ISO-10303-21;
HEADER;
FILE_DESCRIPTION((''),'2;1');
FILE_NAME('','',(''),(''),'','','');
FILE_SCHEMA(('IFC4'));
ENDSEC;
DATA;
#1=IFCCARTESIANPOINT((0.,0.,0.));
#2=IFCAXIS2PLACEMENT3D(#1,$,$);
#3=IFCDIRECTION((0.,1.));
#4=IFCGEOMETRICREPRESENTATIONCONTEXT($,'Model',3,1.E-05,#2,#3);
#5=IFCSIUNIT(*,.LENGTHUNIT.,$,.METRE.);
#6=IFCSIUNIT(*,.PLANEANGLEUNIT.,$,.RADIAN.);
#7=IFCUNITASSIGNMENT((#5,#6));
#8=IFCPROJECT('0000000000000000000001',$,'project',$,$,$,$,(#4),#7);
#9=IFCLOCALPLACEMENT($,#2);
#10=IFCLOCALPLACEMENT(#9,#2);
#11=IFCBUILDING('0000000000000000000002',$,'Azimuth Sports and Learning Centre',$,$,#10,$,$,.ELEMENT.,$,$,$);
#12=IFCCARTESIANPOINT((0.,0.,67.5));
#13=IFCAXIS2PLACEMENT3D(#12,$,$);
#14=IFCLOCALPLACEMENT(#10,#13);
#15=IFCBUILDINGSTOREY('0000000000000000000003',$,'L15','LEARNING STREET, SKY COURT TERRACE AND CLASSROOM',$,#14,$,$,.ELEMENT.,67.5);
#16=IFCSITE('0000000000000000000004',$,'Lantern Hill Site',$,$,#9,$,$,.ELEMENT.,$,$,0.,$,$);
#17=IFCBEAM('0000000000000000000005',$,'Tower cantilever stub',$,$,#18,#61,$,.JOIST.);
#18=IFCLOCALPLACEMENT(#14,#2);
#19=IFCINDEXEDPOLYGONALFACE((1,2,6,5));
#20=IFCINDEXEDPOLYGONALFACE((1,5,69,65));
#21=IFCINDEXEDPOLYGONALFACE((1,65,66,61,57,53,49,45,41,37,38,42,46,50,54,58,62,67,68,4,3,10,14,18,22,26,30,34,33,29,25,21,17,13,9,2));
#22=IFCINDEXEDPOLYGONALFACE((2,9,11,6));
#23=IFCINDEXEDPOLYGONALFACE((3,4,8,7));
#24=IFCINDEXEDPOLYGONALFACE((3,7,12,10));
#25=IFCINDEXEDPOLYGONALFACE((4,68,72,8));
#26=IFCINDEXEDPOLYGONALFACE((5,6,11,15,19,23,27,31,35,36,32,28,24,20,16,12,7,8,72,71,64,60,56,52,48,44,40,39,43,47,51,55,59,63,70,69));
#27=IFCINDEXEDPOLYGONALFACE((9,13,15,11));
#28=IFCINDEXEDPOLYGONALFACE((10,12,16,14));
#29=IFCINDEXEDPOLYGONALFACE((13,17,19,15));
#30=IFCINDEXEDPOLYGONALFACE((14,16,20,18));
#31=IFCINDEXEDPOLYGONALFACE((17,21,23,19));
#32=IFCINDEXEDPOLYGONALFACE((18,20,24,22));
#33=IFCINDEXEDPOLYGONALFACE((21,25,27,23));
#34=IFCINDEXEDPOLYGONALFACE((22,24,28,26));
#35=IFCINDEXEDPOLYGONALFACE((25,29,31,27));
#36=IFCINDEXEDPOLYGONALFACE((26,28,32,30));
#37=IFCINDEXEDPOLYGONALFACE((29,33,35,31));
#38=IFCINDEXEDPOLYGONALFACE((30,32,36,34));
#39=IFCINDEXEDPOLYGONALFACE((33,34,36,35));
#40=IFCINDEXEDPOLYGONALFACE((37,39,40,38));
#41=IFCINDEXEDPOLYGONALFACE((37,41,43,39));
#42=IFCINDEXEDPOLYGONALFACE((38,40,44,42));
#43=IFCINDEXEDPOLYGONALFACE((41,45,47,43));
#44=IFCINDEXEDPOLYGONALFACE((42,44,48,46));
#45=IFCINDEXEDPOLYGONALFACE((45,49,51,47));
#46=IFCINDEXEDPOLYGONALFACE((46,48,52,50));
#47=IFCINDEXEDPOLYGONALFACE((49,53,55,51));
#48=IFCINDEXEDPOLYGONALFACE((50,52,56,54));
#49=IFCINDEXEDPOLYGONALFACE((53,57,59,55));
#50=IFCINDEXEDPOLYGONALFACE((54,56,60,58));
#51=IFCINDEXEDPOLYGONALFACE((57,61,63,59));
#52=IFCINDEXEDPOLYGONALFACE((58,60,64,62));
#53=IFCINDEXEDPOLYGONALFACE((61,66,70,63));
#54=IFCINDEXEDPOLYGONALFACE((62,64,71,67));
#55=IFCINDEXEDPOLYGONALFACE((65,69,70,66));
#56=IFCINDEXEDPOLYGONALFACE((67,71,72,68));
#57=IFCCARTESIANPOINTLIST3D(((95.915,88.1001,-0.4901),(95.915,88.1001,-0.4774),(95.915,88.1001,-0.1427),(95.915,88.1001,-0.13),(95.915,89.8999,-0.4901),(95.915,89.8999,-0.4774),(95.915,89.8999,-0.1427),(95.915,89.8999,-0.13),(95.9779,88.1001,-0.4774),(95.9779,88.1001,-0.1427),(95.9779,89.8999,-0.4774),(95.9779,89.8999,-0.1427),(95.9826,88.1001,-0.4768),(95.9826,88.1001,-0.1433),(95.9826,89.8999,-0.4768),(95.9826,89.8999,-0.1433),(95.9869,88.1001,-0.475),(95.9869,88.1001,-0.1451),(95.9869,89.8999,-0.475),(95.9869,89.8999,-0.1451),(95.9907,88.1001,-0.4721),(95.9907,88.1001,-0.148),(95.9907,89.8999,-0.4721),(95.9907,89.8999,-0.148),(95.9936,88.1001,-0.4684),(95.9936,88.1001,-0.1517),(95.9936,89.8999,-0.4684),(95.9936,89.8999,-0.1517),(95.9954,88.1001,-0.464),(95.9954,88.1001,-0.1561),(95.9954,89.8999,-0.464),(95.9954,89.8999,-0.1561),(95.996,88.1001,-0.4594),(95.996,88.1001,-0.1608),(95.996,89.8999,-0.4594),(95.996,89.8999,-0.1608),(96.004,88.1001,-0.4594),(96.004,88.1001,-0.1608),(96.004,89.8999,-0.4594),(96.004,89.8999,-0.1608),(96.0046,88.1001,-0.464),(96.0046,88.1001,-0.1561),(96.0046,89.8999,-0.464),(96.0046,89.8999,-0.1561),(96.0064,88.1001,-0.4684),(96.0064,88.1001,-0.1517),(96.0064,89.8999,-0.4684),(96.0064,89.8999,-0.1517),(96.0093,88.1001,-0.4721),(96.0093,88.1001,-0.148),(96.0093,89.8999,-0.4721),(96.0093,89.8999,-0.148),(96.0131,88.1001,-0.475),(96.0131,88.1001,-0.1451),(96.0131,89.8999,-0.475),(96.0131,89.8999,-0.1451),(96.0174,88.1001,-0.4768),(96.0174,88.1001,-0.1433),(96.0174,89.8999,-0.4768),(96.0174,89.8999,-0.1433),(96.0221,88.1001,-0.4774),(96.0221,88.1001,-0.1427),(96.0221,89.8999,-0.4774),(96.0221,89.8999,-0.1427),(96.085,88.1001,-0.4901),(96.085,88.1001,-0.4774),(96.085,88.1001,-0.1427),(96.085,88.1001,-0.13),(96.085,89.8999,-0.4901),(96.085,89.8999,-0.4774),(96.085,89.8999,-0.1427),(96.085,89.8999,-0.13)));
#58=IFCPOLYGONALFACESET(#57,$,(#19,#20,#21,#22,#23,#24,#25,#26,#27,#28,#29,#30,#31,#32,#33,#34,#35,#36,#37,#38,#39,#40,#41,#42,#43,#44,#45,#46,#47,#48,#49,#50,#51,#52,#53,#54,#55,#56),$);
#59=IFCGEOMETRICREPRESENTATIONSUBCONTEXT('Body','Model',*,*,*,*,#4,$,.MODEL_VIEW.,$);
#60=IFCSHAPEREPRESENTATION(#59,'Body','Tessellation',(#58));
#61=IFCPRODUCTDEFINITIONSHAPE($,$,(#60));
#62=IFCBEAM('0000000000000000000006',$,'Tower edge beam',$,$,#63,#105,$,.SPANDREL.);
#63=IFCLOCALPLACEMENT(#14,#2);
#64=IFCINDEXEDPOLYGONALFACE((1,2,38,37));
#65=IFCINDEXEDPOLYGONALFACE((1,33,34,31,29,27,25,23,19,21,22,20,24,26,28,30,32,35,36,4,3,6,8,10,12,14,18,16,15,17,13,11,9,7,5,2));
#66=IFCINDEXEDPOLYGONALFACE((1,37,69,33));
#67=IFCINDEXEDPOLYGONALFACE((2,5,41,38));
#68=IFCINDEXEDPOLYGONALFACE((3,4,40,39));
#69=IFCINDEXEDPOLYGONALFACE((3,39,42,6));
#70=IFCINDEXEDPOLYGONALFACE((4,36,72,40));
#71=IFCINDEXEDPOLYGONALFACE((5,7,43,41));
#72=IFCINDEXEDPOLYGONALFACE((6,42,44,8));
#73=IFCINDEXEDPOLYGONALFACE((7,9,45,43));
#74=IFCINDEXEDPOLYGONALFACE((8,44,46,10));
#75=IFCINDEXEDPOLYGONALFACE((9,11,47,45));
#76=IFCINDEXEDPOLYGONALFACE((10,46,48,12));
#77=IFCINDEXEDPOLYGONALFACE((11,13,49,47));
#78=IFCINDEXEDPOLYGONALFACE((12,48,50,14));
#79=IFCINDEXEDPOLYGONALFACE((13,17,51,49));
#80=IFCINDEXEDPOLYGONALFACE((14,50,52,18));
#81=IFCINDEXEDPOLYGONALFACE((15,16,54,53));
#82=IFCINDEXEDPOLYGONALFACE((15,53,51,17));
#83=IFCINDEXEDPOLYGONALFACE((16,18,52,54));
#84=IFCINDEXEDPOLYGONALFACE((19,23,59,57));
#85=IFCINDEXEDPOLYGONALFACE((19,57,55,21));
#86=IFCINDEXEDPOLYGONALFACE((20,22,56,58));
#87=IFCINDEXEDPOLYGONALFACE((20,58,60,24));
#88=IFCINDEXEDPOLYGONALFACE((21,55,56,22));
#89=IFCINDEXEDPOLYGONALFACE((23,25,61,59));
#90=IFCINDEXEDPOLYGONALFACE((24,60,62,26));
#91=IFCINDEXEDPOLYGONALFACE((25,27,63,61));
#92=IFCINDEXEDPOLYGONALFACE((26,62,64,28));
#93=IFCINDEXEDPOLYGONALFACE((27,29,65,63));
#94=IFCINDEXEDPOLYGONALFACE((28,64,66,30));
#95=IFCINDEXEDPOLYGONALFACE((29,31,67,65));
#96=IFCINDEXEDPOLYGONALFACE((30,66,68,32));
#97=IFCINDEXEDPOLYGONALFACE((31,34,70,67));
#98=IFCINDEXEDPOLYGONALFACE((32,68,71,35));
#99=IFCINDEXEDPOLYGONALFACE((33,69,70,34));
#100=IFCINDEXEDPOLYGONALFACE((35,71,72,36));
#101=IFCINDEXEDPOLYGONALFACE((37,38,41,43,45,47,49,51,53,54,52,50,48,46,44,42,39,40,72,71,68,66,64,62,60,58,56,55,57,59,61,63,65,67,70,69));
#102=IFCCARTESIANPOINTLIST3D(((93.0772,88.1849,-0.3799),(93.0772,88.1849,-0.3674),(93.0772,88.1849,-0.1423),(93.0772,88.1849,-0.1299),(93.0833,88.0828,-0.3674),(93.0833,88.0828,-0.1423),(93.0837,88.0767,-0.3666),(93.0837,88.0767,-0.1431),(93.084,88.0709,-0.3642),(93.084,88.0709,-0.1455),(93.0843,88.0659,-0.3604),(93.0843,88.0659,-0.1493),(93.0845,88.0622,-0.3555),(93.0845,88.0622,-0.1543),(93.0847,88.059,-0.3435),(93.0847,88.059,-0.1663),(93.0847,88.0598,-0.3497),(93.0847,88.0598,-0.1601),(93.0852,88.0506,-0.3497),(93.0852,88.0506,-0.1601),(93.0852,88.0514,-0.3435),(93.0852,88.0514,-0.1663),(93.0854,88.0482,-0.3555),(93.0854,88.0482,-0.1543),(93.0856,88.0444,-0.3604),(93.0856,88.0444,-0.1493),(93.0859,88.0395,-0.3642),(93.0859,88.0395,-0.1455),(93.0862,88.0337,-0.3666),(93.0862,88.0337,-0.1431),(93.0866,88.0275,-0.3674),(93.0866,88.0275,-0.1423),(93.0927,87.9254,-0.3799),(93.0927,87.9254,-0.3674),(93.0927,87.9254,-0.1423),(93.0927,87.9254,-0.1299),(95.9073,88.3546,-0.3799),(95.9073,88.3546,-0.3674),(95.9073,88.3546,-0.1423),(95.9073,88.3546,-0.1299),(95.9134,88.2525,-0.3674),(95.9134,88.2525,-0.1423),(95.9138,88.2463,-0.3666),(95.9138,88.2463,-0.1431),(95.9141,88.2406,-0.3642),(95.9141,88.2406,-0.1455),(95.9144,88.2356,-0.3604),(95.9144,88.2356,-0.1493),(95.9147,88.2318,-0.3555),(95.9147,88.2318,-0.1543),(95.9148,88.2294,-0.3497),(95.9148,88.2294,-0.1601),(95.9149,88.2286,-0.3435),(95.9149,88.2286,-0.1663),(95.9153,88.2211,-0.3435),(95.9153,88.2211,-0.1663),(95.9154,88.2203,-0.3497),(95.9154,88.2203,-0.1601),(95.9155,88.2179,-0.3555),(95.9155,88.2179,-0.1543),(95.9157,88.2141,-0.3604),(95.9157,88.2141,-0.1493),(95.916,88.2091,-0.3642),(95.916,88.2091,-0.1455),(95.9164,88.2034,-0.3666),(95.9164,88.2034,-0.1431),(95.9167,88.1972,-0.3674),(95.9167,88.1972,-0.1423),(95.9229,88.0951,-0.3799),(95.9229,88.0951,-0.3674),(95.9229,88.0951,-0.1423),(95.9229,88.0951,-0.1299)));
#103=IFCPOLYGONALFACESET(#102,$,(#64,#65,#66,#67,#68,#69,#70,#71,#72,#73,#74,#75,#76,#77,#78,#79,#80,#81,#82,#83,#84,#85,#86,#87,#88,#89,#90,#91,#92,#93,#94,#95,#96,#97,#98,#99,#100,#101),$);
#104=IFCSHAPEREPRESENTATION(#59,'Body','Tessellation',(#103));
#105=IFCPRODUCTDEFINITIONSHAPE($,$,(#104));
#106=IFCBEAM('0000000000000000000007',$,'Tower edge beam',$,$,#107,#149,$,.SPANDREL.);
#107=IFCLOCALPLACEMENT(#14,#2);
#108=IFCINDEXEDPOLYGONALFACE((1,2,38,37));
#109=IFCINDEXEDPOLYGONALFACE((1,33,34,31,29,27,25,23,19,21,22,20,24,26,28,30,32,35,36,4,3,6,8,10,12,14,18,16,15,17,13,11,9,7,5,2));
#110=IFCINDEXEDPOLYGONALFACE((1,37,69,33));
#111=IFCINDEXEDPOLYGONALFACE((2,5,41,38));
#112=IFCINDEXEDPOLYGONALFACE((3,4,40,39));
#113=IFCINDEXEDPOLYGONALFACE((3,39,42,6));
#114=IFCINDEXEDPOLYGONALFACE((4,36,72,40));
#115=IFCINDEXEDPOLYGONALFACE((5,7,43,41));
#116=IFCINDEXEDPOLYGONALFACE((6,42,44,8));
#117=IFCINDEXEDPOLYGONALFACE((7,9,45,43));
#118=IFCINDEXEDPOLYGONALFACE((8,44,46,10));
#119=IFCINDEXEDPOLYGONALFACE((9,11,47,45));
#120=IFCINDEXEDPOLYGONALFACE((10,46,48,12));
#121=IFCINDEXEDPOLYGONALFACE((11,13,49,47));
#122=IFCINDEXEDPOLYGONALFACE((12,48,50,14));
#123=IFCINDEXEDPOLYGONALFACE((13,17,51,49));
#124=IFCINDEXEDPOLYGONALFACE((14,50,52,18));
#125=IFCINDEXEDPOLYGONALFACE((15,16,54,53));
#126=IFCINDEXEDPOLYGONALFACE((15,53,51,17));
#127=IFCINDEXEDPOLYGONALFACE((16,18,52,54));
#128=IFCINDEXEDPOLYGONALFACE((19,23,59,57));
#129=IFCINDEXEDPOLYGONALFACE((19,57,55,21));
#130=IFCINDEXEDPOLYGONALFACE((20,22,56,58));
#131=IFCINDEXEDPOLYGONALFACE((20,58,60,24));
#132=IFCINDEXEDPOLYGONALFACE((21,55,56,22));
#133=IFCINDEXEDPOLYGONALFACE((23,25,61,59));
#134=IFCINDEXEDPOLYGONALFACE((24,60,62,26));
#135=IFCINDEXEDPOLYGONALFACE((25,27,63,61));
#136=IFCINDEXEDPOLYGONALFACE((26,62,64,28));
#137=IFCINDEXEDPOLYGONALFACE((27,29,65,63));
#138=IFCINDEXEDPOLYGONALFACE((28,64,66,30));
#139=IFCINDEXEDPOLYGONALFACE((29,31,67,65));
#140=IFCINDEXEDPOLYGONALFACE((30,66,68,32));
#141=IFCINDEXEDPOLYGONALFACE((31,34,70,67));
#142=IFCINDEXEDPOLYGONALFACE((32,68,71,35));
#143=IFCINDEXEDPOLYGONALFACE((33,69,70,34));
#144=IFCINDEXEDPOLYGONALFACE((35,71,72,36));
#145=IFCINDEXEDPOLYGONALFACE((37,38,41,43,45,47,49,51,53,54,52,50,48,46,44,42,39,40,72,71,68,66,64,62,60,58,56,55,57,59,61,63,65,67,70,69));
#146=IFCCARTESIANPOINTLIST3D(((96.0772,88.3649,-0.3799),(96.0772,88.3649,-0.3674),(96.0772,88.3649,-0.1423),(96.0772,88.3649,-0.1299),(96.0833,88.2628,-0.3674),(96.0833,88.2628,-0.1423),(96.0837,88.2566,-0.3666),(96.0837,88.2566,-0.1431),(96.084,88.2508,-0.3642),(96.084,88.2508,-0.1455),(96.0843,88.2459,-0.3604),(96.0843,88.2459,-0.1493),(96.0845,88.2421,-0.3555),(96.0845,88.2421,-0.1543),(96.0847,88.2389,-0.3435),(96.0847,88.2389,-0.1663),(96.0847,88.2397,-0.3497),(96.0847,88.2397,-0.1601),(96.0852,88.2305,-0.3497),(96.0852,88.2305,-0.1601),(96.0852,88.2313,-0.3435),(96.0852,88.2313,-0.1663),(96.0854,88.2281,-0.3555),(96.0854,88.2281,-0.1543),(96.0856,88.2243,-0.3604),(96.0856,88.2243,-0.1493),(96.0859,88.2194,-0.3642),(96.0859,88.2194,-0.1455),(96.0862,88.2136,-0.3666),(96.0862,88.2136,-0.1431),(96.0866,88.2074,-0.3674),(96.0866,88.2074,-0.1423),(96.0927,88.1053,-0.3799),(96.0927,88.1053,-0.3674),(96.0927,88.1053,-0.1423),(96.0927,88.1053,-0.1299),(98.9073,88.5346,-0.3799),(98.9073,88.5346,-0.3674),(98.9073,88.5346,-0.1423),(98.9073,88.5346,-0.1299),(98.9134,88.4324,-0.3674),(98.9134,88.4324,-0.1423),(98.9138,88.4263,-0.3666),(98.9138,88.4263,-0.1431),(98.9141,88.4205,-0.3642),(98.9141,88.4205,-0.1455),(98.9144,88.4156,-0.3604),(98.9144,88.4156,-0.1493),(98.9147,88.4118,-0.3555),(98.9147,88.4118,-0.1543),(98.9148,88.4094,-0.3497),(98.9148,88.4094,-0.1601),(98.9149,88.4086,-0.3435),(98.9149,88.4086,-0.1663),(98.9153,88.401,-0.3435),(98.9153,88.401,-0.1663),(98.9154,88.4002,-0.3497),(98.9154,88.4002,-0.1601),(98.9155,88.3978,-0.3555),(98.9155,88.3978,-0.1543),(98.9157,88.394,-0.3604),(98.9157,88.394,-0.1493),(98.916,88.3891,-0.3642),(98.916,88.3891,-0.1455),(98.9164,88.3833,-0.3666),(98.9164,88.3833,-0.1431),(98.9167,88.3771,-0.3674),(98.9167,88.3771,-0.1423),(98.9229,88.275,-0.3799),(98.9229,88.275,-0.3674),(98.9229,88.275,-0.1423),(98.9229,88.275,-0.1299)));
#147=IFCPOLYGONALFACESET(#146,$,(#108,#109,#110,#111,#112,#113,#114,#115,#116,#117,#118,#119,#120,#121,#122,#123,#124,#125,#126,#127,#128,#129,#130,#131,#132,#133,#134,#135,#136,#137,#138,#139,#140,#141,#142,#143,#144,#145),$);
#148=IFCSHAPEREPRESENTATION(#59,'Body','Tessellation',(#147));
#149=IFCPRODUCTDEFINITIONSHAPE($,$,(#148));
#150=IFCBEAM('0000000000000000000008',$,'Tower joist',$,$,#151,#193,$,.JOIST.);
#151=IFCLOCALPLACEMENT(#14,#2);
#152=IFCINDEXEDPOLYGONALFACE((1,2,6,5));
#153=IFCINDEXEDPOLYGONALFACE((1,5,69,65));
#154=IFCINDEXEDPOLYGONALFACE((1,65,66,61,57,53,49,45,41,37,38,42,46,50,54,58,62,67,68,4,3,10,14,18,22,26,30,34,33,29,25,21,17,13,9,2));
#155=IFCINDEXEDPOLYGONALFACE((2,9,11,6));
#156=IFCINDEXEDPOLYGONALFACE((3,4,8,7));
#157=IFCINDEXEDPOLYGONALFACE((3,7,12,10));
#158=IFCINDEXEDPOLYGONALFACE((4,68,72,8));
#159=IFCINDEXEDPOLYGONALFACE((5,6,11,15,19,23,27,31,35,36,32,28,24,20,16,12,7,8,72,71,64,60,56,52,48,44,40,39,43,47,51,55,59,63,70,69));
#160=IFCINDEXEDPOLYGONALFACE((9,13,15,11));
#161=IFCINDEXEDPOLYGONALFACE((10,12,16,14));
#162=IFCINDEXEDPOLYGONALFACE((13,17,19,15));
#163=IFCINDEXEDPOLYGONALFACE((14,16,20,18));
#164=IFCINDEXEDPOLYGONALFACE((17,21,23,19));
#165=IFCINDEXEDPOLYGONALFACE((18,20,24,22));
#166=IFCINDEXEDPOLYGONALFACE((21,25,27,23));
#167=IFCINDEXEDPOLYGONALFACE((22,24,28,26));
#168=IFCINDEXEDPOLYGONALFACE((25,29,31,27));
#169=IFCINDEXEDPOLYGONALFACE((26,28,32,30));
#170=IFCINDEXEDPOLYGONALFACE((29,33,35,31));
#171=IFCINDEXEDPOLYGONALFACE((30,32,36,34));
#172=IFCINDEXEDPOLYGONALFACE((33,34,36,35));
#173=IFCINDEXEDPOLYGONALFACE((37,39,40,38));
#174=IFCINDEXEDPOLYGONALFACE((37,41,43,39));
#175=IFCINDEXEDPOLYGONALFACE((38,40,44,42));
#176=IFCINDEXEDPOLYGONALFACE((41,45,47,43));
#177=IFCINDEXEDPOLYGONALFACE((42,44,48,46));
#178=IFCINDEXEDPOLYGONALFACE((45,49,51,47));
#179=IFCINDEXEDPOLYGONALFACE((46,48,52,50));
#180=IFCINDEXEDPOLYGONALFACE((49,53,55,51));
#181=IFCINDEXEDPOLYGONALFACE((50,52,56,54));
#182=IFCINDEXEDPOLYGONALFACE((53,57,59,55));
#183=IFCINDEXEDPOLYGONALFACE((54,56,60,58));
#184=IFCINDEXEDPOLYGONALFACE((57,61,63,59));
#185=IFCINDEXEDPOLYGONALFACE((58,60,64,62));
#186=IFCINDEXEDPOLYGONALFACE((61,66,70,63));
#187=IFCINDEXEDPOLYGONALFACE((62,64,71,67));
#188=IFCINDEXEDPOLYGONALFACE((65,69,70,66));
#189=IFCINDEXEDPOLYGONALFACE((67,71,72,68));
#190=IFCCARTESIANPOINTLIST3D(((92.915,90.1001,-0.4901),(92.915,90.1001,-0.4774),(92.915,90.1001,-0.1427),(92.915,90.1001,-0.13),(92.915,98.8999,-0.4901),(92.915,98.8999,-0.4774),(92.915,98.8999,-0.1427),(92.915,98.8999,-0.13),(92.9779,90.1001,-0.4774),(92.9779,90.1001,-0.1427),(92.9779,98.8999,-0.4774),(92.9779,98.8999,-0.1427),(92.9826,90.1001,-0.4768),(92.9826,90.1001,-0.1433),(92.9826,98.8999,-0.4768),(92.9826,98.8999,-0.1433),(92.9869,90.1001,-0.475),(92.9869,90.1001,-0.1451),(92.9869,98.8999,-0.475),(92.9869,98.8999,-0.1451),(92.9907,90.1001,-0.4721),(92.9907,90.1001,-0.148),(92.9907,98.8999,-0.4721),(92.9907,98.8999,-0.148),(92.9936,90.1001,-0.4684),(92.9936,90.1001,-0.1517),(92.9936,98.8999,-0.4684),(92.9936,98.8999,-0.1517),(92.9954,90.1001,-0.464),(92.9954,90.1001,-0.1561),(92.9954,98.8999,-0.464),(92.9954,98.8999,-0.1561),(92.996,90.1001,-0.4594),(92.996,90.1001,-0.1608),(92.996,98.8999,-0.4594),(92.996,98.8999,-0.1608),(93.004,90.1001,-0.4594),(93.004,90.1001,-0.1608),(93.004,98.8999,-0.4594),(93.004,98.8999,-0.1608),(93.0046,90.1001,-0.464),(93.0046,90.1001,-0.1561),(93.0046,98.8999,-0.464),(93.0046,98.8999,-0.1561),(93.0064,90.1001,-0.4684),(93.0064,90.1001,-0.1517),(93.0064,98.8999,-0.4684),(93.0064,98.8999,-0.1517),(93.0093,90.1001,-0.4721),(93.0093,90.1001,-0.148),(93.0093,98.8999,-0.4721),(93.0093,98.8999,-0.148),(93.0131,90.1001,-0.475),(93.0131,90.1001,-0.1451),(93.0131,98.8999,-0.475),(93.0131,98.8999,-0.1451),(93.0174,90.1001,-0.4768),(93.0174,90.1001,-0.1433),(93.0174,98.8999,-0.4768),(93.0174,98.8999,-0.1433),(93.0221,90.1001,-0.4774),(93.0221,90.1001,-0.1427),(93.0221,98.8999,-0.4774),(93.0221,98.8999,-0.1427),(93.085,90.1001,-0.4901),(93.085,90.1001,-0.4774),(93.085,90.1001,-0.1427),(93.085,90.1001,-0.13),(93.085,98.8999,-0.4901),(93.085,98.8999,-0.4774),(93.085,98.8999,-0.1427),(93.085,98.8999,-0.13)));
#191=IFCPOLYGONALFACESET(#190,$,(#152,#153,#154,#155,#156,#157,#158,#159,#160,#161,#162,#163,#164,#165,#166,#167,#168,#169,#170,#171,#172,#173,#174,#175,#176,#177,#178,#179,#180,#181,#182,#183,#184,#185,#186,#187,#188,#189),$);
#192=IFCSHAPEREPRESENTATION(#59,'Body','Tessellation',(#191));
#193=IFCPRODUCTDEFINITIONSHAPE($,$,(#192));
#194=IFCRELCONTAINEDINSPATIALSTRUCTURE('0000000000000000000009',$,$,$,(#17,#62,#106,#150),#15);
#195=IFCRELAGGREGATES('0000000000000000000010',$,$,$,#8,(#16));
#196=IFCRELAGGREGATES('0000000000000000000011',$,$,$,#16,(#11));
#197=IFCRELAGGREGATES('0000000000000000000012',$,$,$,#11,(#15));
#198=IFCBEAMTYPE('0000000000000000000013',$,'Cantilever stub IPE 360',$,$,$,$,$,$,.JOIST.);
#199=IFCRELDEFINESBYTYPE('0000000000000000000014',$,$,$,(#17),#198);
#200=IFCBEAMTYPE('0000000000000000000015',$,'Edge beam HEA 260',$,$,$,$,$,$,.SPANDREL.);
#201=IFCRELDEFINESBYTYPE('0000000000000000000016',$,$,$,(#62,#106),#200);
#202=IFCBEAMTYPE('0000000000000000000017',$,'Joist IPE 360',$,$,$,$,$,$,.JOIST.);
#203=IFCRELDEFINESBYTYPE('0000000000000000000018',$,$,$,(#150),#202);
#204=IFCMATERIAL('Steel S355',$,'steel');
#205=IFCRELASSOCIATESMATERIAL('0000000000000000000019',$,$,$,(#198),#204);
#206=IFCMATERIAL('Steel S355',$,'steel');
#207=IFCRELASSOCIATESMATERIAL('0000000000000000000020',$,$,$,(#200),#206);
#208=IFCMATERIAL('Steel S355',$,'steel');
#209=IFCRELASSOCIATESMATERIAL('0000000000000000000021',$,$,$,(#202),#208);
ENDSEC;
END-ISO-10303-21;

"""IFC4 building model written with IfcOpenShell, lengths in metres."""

from ifc_helpers import new_model, si_unit, direction, frame, origin, origin_2d, place, context, subcontext, project, spatial, i_section, extrude, material, material_profile, profile_set, type_object, element, save


model = new_model("IFC4")

# Units and contexts
model_context = context("Model", 3, precision=1e-05, world=origin(), true_north=direction((0.0, 1.0)))
body_context = subcontext(model_context, "Body", "Model", "MODEL_VIEW")
ifc_project = project(units=[si_unit("LENGTHUNIT", "METRE"), si_unit("PLANEANGLEUNIT", "RADIAN")], contexts=[model_context])

# Site, building, storey
site_placement = place(None, origin())
site = spatial("IfcSite", under=ifc_project, at=site_placement, Name="Lantern Hill Site", CompositionType="ELEMENT", RefElevation=0.0)
building_placement = place(site_placement, origin())
building = spatial("IfcBuilding", under=site, at=building_placement, Name="Azimuth Sports and Learning Centre", CompositionType="ELEMENT")
storey_placement = place(building_placement, frame((0.0, 0.0, 67.5)))
storey = spatial("IfcBuildingStorey", under=building, at=storey_placement, Name="L15", Description="LEARNING STREET, SKY COURT TERRACE AND CLASSROOM", CompositionType="ELEMENT", Elevation=67.5)

# Beams
ifc_material_1 = material(Name="Steel S355", Category="steel")
ifc_material_profile_1 = material_profile(ifc_material_1, i_section(OverallWidth=0.1699, OverallDepth=0.3601, WebThickness=0.0081, FlangeThickness=0.0127, FilletRadius=0.0181, at=origin_2d()), Name="IPE 360")
ifc_profile_set_1 = profile_set([ifc_material_profile_1], Name="Steel S355")
beam_type_1 = type_object("IfcBeamType", Name="Cantilever stub IPE 360", PredefinedType="JOIST", material=ifc_profile_set_1)
beam_placement = place(storey_placement, frame((96.0, 89.8999, -0.3101), z_axis=(0.0, -1.0, 0.0), x_axis=(1.0, 0.0, 0.0)))
element("IfcBeam", 1, at=beam_placement, inside=storey, type_object=beam_type_1, Name="Tower cantilever stub", PredefinedType="JOIST", context=body_context, shape_type="SweptSolid", body=[
    extrude(i_section(OverallWidth=0.1699, OverallDepth=0.3601, WebThickness=0.0081, FlangeThickness=0.0127, FilletRadius=0.0181, at=origin_2d()), origin(), (0.0, 0.0, 1.0), 1.7998),
])
ifc_material_2 = material(Name="Steel S355", Category="steel")
ifc_material_profile_2 = material_profile(ifc_material_2, i_section(OverallWidth=0.26, OverallDepth=0.25, WebThickness=0.0076, FlangeThickness=0.0125, FilletRadius=0.0239, at=origin_2d()), Name="HEA 260")
ifc_profile_set_2 = profile_set([ifc_material_profile_2], Name="Steel S355")
beam_type_2 = type_object("IfcBeamType", Name="Edge beam HEA 260", PredefinedType="SPANDREL", material=ifc_profile_set_2)
for number, where, z_axis, x_axis, name in (
    (2, (93.085, 88.0552, -0.2549), (0.998208, 0.059848, 0.0), (-0.059848, 0.998208, 0.0), "Tower edge beam"),
    (3, (96.085, 88.2351, -0.2549), (0.998208, 0.059848, 0.0), (-0.059848, 0.998208, 0.0), "Tower edge beam"),
):
    element("IfcBeam", number, at=place(storey_placement, frame(where, z_axis=z_axis, x_axis=x_axis)), inside=storey, type_object=beam_type_2, Name=name, PredefinedType="SPANDREL", context=body_context, shape_type="SweptSolid", body=[
        extrude(i_section(OverallWidth=0.26, OverallDepth=0.25, WebThickness=0.0076, FlangeThickness=0.0125, FilletRadius=0.0239, at=origin_2d()), origin(), (0.0, 0.0, 1.0), 2.8352),
    ])
ifc_material_3 = material(Name="Steel S355", Category="steel")
ifc_material_profile_3 = material_profile(ifc_material_3, i_section(OverallWidth=0.1699, OverallDepth=0.3601, WebThickness=0.0081, FlangeThickness=0.0127, FilletRadius=0.0181, at=origin_2d()), Name="IPE 360")
ifc_profile_set_3 = profile_set([ifc_material_profile_3], Name="Steel S355")
beam_type_3 = type_object("IfcBeamType", Name="Joist IPE 360", PredefinedType="JOIST", material=ifc_profile_set_3)
for number, where, z_axis, x_axis, name in (
    (4, (93.0, 90.1001, -0.3101), (0.0, 1.0, 0.0), (-1.0, 0.0, 0.0), "Tower joist"),
):
    element("IfcBeam", number, at=place(storey_placement, frame(where, z_axis=z_axis, x_axis=x_axis)), inside=storey, type_object=beam_type_3, Name=name, PredefinedType="JOIST", context=body_context, shape_type="SweptSolid", body=[
        extrude(i_section(OverallWidth=0.1699, OverallDepth=0.3601, WebThickness=0.0081, FlangeThickness=0.0127, FilletRadius=0.0181, at=origin_2d()), origin(), (0.0, 0.0, 1.0), 8.7998),
    ])

save(model, "model.ifc")
